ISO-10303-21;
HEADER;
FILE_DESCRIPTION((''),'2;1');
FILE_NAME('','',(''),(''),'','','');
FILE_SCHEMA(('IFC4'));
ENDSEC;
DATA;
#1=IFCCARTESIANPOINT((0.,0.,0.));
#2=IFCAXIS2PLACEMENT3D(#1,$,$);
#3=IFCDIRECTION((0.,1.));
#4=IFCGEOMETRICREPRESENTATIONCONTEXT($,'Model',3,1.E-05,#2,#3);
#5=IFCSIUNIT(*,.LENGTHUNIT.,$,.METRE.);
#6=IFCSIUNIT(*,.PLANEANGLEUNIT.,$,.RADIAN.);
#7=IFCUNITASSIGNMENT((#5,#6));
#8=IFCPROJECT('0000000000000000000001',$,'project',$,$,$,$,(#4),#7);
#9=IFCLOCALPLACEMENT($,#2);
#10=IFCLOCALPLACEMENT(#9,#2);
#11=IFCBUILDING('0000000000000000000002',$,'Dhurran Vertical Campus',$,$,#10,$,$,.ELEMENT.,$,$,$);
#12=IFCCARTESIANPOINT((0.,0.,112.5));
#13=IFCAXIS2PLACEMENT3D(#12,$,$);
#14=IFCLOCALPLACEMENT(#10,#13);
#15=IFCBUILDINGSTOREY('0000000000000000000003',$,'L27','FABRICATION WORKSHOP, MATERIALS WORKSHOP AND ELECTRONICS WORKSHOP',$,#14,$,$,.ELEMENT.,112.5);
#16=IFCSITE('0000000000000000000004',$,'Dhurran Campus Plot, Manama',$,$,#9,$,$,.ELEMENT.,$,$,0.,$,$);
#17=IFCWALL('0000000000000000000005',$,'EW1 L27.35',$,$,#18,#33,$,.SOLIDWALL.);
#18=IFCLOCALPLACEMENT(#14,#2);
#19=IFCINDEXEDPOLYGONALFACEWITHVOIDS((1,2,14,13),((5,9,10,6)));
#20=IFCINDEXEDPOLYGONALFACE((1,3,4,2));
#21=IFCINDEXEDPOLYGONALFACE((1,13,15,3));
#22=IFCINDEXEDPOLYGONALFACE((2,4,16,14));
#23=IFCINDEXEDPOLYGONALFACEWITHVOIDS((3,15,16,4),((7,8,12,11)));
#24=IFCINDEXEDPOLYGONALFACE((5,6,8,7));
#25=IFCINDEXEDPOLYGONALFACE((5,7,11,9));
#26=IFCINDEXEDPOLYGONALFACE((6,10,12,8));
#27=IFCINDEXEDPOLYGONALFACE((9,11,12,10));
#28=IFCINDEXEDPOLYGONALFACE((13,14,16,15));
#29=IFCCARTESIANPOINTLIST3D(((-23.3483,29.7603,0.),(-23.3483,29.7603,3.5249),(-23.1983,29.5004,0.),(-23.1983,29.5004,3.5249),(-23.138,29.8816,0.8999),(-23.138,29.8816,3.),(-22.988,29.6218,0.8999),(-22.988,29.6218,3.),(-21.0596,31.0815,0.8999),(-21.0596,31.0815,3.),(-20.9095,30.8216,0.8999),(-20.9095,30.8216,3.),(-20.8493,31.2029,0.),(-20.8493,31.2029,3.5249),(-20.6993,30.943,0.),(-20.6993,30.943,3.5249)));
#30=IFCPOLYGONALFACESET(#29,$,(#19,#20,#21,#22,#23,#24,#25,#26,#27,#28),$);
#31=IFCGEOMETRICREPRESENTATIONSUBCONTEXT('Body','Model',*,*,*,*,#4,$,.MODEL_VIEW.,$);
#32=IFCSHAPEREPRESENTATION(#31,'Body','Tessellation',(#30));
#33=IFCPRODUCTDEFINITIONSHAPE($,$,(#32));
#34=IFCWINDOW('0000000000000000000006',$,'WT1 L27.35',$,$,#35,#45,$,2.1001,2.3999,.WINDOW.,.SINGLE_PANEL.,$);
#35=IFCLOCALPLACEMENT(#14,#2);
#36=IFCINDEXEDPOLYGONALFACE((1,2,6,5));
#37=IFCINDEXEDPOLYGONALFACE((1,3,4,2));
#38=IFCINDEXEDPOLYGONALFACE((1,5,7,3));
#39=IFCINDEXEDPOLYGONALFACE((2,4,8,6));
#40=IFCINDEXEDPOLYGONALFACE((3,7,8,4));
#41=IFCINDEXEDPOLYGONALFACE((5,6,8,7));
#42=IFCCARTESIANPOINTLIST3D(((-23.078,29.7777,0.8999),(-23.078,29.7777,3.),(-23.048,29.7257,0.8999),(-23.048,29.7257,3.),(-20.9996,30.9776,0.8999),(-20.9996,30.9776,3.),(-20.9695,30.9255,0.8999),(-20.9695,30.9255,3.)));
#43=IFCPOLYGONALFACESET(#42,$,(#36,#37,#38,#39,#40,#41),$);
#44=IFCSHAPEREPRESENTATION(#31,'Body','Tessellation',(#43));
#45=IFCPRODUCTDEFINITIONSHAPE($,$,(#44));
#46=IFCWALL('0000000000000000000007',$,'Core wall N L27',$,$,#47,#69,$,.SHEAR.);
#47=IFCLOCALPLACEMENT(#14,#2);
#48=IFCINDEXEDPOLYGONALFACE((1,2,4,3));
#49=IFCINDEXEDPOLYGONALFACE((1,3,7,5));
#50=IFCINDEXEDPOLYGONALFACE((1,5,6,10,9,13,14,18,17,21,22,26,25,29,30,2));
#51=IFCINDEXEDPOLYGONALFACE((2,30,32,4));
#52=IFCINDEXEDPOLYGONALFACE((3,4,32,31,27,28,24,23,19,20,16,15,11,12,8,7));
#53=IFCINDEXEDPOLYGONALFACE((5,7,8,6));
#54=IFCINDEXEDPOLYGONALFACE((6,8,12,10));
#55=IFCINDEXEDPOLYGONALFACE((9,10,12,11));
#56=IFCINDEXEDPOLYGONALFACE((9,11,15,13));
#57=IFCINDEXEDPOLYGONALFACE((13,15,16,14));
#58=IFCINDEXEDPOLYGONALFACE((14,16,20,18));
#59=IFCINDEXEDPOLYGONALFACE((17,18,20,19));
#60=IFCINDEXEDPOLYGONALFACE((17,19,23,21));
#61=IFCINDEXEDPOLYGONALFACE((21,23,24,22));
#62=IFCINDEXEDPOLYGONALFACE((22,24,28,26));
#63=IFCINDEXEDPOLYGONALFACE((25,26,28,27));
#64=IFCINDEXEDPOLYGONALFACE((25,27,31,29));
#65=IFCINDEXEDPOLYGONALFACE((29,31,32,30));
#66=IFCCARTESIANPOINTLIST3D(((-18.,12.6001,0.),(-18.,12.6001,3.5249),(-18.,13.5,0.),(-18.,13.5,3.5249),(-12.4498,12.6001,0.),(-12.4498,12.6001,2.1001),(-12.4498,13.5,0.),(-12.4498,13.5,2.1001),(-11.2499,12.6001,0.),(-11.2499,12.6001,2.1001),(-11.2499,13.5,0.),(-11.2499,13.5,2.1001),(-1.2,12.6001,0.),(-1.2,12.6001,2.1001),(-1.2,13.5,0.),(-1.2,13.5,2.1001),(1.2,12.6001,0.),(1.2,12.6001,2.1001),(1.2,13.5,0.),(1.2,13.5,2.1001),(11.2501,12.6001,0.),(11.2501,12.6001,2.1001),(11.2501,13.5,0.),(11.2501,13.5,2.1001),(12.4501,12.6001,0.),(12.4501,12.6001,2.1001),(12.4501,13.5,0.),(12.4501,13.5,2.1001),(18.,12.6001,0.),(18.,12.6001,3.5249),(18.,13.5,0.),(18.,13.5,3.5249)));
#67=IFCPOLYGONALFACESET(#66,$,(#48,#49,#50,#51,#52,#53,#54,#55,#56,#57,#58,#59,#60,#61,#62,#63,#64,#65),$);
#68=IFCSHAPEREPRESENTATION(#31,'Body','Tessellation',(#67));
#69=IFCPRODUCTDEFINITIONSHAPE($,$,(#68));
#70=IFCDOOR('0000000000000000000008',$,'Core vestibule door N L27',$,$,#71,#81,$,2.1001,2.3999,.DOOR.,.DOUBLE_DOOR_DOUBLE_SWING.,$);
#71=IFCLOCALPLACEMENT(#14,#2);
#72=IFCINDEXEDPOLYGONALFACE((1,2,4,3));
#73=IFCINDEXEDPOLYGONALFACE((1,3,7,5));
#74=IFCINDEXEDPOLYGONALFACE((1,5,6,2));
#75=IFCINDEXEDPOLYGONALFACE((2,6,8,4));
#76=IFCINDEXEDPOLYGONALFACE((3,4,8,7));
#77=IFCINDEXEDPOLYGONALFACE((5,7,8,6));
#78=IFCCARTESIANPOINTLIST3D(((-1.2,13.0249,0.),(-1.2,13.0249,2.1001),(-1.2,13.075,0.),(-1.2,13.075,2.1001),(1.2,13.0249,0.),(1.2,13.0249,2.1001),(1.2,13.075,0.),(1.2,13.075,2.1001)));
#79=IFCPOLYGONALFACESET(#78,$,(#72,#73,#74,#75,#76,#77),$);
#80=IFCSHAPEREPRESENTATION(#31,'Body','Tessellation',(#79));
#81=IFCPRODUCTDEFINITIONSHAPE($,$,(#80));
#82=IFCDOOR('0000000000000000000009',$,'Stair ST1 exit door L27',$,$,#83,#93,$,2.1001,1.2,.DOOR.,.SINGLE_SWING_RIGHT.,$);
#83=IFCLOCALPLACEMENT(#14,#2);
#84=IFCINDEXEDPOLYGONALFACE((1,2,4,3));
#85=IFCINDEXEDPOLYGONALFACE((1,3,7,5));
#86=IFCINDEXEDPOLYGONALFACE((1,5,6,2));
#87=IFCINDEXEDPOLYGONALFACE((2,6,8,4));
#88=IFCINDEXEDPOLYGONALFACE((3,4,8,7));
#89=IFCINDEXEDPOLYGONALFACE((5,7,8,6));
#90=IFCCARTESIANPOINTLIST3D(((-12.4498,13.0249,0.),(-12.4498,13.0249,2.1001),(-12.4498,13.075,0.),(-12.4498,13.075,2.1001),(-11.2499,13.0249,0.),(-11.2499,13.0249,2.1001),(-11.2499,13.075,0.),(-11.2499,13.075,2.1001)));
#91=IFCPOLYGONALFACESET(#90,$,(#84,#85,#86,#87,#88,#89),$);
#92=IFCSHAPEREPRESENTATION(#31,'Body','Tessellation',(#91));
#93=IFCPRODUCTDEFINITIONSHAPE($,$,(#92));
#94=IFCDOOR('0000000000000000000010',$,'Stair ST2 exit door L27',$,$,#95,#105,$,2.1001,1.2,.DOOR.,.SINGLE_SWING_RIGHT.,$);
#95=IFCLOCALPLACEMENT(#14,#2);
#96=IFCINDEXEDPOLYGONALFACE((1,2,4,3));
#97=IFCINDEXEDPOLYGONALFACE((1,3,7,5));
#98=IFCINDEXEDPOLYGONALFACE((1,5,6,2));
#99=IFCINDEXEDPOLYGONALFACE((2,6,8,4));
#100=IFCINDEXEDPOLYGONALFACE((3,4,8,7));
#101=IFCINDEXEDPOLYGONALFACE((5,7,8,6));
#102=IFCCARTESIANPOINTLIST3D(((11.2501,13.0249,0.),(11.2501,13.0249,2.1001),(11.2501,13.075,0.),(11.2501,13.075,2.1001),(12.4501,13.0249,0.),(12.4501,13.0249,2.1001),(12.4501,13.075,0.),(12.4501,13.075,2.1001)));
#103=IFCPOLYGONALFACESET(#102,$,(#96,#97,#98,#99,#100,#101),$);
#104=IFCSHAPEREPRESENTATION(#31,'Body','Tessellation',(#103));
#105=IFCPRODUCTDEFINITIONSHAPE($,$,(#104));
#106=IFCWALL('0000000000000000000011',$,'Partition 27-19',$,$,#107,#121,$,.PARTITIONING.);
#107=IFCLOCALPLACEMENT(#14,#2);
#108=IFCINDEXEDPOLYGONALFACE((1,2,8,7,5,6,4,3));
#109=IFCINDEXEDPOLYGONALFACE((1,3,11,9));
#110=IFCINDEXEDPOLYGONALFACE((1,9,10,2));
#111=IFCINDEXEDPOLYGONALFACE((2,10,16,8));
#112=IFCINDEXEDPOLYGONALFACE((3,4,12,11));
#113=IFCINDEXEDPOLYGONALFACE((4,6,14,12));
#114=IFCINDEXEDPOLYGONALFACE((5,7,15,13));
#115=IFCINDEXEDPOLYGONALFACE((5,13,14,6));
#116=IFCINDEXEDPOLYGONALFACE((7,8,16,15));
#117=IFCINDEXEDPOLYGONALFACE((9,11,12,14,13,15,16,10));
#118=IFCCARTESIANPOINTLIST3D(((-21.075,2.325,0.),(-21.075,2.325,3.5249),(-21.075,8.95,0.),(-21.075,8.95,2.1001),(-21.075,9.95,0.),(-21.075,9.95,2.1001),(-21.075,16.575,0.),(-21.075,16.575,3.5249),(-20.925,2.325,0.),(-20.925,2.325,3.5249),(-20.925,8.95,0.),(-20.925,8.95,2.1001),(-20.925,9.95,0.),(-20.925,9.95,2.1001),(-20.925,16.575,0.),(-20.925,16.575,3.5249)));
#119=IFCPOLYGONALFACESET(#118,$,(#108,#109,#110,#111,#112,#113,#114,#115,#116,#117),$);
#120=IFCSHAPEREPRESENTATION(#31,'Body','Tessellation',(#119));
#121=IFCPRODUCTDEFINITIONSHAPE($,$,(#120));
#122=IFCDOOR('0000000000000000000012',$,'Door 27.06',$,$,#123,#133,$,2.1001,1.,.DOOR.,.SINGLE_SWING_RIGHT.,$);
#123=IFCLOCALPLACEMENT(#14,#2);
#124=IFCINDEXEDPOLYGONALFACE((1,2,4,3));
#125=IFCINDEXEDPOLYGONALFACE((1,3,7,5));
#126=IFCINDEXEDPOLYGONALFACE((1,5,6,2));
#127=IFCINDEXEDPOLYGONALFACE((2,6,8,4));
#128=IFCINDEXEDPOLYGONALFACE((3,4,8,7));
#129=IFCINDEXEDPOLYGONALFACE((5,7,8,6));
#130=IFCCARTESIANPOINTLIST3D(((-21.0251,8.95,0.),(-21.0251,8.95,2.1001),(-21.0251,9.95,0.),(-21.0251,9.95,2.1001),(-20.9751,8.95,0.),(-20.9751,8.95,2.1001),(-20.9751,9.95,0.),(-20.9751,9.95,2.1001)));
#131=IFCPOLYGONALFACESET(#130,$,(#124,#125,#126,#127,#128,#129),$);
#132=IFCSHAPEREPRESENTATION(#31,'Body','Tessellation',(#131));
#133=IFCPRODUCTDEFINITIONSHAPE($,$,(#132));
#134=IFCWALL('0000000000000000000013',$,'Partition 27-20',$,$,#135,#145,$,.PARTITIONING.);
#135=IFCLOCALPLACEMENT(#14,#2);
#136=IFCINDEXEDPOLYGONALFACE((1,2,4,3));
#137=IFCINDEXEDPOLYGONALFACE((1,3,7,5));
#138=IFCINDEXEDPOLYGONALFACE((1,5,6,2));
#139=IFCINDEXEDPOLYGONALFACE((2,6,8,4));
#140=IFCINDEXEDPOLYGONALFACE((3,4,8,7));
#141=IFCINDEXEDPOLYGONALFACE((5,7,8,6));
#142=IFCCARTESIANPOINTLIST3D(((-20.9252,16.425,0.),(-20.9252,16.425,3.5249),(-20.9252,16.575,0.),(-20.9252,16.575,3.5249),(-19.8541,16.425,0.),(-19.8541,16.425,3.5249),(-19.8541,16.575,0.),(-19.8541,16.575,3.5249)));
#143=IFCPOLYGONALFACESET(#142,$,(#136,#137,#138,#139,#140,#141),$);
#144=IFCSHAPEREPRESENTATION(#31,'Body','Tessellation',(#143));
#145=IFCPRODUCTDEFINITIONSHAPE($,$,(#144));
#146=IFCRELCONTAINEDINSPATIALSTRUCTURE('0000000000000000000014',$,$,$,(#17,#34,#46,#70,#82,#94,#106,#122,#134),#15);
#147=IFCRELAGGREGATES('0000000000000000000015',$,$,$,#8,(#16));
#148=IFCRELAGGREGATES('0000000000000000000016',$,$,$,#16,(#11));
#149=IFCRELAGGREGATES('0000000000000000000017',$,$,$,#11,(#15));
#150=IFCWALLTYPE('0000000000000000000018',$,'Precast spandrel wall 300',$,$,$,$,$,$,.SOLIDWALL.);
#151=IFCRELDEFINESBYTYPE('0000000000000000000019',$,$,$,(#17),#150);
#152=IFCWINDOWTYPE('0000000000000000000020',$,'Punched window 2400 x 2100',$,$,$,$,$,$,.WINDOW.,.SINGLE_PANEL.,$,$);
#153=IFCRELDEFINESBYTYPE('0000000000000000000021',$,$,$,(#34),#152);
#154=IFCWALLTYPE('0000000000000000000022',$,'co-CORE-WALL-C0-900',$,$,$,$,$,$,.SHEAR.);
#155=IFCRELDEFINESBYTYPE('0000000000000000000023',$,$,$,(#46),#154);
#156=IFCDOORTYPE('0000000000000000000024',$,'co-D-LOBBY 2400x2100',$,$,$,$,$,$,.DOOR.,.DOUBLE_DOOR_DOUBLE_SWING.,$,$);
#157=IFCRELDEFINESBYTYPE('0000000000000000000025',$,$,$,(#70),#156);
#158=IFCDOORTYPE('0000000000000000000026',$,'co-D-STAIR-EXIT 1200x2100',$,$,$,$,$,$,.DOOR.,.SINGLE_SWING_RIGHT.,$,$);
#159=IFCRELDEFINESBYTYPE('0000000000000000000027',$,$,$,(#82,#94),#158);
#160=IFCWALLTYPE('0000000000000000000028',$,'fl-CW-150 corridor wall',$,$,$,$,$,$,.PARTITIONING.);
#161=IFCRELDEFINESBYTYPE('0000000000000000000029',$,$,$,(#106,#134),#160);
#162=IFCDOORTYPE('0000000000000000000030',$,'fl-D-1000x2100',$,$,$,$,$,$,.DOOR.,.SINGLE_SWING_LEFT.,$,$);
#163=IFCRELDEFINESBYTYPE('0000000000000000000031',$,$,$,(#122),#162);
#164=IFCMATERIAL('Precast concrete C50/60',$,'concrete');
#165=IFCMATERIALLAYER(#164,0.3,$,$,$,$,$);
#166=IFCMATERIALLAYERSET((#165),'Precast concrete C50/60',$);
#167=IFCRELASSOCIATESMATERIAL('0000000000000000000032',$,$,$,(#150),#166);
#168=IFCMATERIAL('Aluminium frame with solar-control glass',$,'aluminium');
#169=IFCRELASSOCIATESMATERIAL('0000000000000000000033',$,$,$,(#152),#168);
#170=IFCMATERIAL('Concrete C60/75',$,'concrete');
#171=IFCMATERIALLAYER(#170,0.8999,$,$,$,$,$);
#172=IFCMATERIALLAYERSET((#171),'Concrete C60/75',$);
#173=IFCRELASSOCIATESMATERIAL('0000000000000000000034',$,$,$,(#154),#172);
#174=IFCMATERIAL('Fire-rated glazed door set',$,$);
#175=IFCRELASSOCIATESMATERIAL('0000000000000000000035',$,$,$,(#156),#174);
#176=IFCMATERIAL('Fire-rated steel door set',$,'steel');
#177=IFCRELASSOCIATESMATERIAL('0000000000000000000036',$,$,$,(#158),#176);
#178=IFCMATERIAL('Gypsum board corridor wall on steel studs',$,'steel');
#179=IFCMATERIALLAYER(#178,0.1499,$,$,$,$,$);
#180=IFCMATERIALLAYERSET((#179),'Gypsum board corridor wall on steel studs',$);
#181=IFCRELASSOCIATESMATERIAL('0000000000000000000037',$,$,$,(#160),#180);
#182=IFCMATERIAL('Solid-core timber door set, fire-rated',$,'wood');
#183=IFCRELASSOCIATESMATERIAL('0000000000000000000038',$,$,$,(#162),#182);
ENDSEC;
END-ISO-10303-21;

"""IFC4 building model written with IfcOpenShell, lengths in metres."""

from ifc_helpers import new_model, si_unit, direction, frame, frame_2d, origin, place, context, subcontext, project, spatial, rectangle, extrude, material, layer, layer_set, type_object, element, fill, save


model = new_model("IFC4")

# Units and contexts
model_context = context("Model", 3, precision=1e-05, world=origin(), true_north=direction((0.0, 1.0)))
body_context = subcontext(model_context, "Body", "Model", "MODEL_VIEW")
ifc_project = project(units=[si_unit("LENGTHUNIT", "METRE"), si_unit("PLANEANGLEUNIT", "RADIAN")], contexts=[model_context])

# Site, building, storey
site_placement = place(None, origin())
site = spatial("IfcSite", under=ifc_project, at=site_placement, Name="Dhurran Campus Plot, Manama", CompositionType="ELEMENT", RefElevation=0.0)
building_placement = place(site_placement, origin())
building = spatial("IfcBuilding", under=site, at=building_placement, Name="Dhurran Vertical Campus", CompositionType="ELEMENT")
storey_placement = place(building_placement, frame((0.0, 0.0, 112.5)))
storey = spatial("IfcBuildingStorey", under=building, at=storey_placement, Name="L27", Description="FABRICATION WORKSHOP, MATERIALS WORKSHOP AND ELECTRONICS WORKSHOP", CompositionType="ELEMENT", Elevation=112.5)

# Wall, opening, window
ifc_material_1 = material(Name="Precast concrete C50/60", Category="concrete")
ifc_layer_1 = layer(ifc_material_1, 0.3)
ifc_layer_set_1 = layer_set([ifc_layer_1], Name="Precast concrete C50/60")
wall_type_1 = type_object("IfcWallType", Name="Precast spandrel wall 300", PredefinedType="SOLIDWALL", material=ifc_layer_set_1)
ifc_material_2 = material(Name="Aluminium frame with solar-control glass", Category="aluminium")
window_type = type_object("IfcWindowType", Name="Punched window 2400 x 2100", PartitioningType="SINGLE_PANEL", PredefinedType="WINDOW", material=ifc_material_2)
wall_1_placement = place(storey_placement, frame((-20.7742, 31.073, 0.0), z_axis=(0.0, 0.0, 1.0), x_axis=(-0.866053, -0.499952, 0.0)))
wall_1 = element("IfcWall", 1, at=wall_1_placement, inside=storey, type_object=wall_type_1, Name="EW1 L27.35", PredefinedType="SOLIDWALL", context=body_context, shape_type="SweptSolid", body=[
    extrude(rectangle(XDim=2.8855, YDim=0.3, at=frame_2d((1.4429, 0.0))), origin(), (0.0, 0.0, 1.0), 3.5249),
])
opening_1_placement = place(wall_1_placement, frame((0.2429, 0.0, 0.8999)))
opening_1 = element("IfcOpeningElement", 2, at=opening_1_placement, cuts=wall_1, PredefinedType="OPENING", context=body_context, shape_type="SweptSolid", body=[
    extrude(rectangle(XDim=2.3999, YDim=2.1001, at=frame_2d((1.2, 1.05))), frame((0.0, 0.1599, 0.0), z_axis=(0.0, -1.0, 0.0), x_axis=(1.0, 0.0, 0.0)), (0.0, 0.0, 1.0), 0.3201),
])
window_1_placement = place(opening_1_placement, origin())
window_1 = element("IfcWindow", 3, at=window_1_placement, inside=storey, type_object=window_type, Name="WT1 L27.35", OverallHeight=2.1001, OverallWidth=2.3999, PartitioningType="SINGLE_PANEL", PredefinedType="WINDOW", context=body_context, shape_type="SweptSolid", body=[
    extrude(rectangle(XDim=2.3999, YDim=2.1001, at=frame_2d((1.2, 1.05))), frame((0.0, 0.03, 0.0), z_axis=(0.0, -1.0, 0.0), x_axis=(1.0, 0.0, 0.0)), (0.0, 0.0, 1.0), 0.0601),
])
fill(opening_1, window_1)

# Wall, openings, doors
ifc_material_3 = material(Name="Concrete C60/75", Category="concrete")
ifc_layer_2 = layer(ifc_material_3, 0.8999)
ifc_layer_set_2 = layer_set([ifc_layer_2], Name="Concrete C60/75")
wall_type_2 = type_object("IfcWallType", Name="co-CORE-WALL-C0-900", PredefinedType="SHEAR", material=ifc_layer_set_2)
wall_2_placement = place(storey_placement, frame((-18.0, 13.05, 0.0), z_axis=(0.0, 0.0, 1.0), x_axis=(1.0, 0.0, 0.0)))
wall_2 = element("IfcWall", 4, at=wall_2_placement, inside=storey, type_object=wall_type_2, Name="Core wall N L27", PredefinedType="SHEAR", context=body_context, shape_type="SweptSolid", body=[
    extrude(rectangle(XDim=36.0, YDim=0.8999, at=frame_2d((18.0, 0.0))), origin(), (0.0, 0.0, 1.0), 3.5249),
])
opening_2_placement = place(wall_2_placement, frame((16.8, 0.0, 0.0)))
opening_2 = element("IfcOpeningElement", 5, at=opening_2_placement, cuts=wall_2, PredefinedType="OPENING", context=body_context, shape_type="SweptSolid", body=[
    extrude(rectangle(XDim=2.3999, YDim=2.1001, at=frame_2d((1.2, 1.05))), frame((0.0, 0.46, 0.0), z_axis=(0.0, -1.0, 0.0), x_axis=(1.0, 0.0, 0.0)), (0.0, 0.0, 1.0), 0.9199),
])
opening_3_placement = place(wall_2_placement, frame((5.55, 0.0, 0.0)))
opening_3 = element("IfcOpeningElement", 6, at=opening_3_placement, cuts=wall_2, PredefinedType="OPENING", context=body_context, shape_type="SweptSolid", body=[
    extrude(rectangle(XDim=1.2, YDim=2.1001, at=frame_2d((0.6001, 1.05))), frame((0.0, 0.46, 0.0), z_axis=(0.0, -1.0, 0.0), x_axis=(1.0, 0.0, 0.0)), (0.0, 0.0, 1.0), 0.9199),
])
opening_4_placement = place(wall_2_placement, frame((29.25, 0.0, 0.0)))
opening_4 = element("IfcOpeningElement", 7, at=opening_4_placement, cuts=wall_2, PredefinedType="OPENING", context=body_context, shape_type="SweptSolid", body=[
    extrude(rectangle(XDim=1.2, YDim=2.1001, at=frame_2d((0.6001, 1.05))), frame((0.0, 0.46, 0.0), z_axis=(0.0, -1.0, 0.0), x_axis=(1.0, 0.0, 0.0)), (0.0, 0.0, 1.0), 0.9199),
])
ifc_material_4 = material(Name="Fire-rated glazed door set")
door_type_1 = type_object("IfcDoorType", Name="co-D-LOBBY 2400x2100", OperationType="DOUBLE_DOOR_DOUBLE_SWING", PredefinedType="DOOR", material=ifc_material_4)
door_1_placement = place(opening_2_placement, origin())
door_1 = element("IfcDoor", 8, at=door_1_placement, inside=storey, type_object=door_type_1, Name="Core vestibule door N L27", OperationType="DOUBLE_DOOR_DOUBLE_SWING", OverallHeight=2.1001, OverallWidth=2.3999, PredefinedType="DOOR", context=body_context, shape_type="SweptSolid", body=[
    extrude(rectangle(XDim=2.3999, YDim=2.1001, at=frame_2d((1.2, 1.05))), frame((0.0, 0.0249, 0.0), z_axis=(0.0, -1.0, 0.0), x_axis=(1.0, 0.0, 0.0)), (0.0, 0.0, 1.0), 0.05),
])
fill(opening_2, door_1)
ifc_material_5 = material(Name="Fire-rated steel door set", Category="steel")
door_type_2 = type_object("IfcDoorType", Name="co-D-STAIR-EXIT 1200x2100", OperationType="SINGLE_SWING_RIGHT", PredefinedType="DOOR", material=ifc_material_5)
door_2_placement = place(opening_3_placement, origin())
door_2 = element("IfcDoor", 9, at=door_2_placement, inside=storey, type_object=door_type_2, Name="Stair ST1 exit door L27", OperationType="SINGLE_SWING_RIGHT", OverallHeight=2.1001, OverallWidth=1.2, PredefinedType="DOOR", context=body_context, shape_type="SweptSolid", body=[
    extrude(rectangle(XDim=1.2, YDim=2.1001, at=frame_2d((0.6001, 1.05))), frame((0.0, 0.0249, 0.0), z_axis=(0.0, -1.0, 0.0), x_axis=(1.0, 0.0, 0.0)), (0.0, 0.0, 1.0), 0.05),
])
fill(opening_3, door_2)
door_3_placement = place(opening_4_placement, origin())
door_3 = element("IfcDoor", 10, at=door_3_placement, inside=storey, type_object=door_type_2, Name="Stair ST2 exit door L27", OperationType="SINGLE_SWING_RIGHT", OverallHeight=2.1001, OverallWidth=1.2, PredefinedType="DOOR", context=body_context, shape_type="SweptSolid", body=[
    extrude(rectangle(XDim=1.2, YDim=2.1001, at=frame_2d((0.6001, 1.05))), frame((0.0, 0.0249, 0.0), z_axis=(0.0, -1.0, 0.0), x_axis=(1.0, 0.0, 0.0)), (0.0, 0.0, 1.0), 0.05),
])
fill(opening_4, door_3)

# Wall, opening, door
ifc_material_6 = material(Name="Gypsum board corridor wall on steel studs", Category="steel")
ifc_layer_3 = layer(ifc_material_6, 0.1499)
ifc_layer_set_3 = layer_set([ifc_layer_3], Name="Gypsum board corridor wall on steel studs")
wall_type_3 = type_object("IfcWallType", Name="fl-CW-150 corridor wall", PredefinedType="PARTITIONING", material=ifc_layer_set_3)
wall_3_placement = place(storey_placement, frame((-21.0, 16.575, 0.0), z_axis=(0.0, 0.0, 1.0), x_axis=(0.0, -1.0, 0.0)))
wall_3 = element("IfcWall", 11, at=wall_3_placement, inside=storey, type_object=wall_type_3, Name="Partition 27-19", PredefinedType="PARTITIONING", context=body_context, shape_type="SweptSolid", body=[
    extrude(rectangle(XDim=14.25, YDim=0.1499, at=frame_2d((7.125, 0.0))), origin(), (0.0, 0.0, 1.0), 3.5249),
])
opening_5_placement = place(wall_3_placement, frame((6.625, 0.0, 0.0)))
opening_5 = element("IfcOpeningElement", 12, at=opening_5_placement, cuts=wall_3, PredefinedType="OPENING", context=body_context, shape_type="SweptSolid", body=[
    extrude(rectangle(XDim=1.0, YDim=2.1001, at=frame_2d((0.5, 1.05))), frame((0.0, 0.085, 0.0), z_axis=(0.0, -1.0, 0.0), x_axis=(1.0, 0.0, 0.0)), (0.0, 0.0, 1.0), 0.1699),
])
ifc_material_7 = material(Name="Solid-core timber door set, fire-rated", Category="wood")
door_type_3 = type_object("IfcDoorType", Name="fl-D-1000x2100", OperationType="SINGLE_SWING_LEFT", PredefinedType="DOOR", material=ifc_material_7)
door_4_placement = place(opening_5_placement, origin())
door_4 = element("IfcDoor", 13, at=door_4_placement, inside=storey, type_object=door_type_3, Name="Door 27.06", OperationType="SINGLE_SWING_RIGHT", OverallHeight=2.1001, OverallWidth=1.0, PredefinedType="DOOR", context=body_context, shape_type="SweptSolid", body=[
    extrude(rectangle(XDim=1.0, YDim=2.1001, at=frame_2d((0.5, 1.05))), frame((0.0, 0.0249, 0.0), z_axis=(0.0, -1.0, 0.0), x_axis=(1.0, 0.0, 0.0)), (0.0, 0.0, 1.0), 0.05),
])
fill(opening_5, door_4)

# Wall
wall_4_placement = place(storey_placement, frame((-19.854, 16.5, 0.0), z_axis=(0.0, 0.0, 1.0), x_axis=(-1.0, 0.0, 0.0)))
element("IfcWall", 14, at=wall_4_placement, inside=storey, type_object=wall_type_3, Name="Partition 27-20", PredefinedType="PARTITIONING", context=body_context, shape_type="SweptSolid", body=[
    extrude(rectangle(XDim=1.071, YDim=0.1499, at=frame_2d((0.5356, 0.0))), origin(), (0.0, 0.0, 1.0), 3.5249),
])

save(model, "model.ifc")
